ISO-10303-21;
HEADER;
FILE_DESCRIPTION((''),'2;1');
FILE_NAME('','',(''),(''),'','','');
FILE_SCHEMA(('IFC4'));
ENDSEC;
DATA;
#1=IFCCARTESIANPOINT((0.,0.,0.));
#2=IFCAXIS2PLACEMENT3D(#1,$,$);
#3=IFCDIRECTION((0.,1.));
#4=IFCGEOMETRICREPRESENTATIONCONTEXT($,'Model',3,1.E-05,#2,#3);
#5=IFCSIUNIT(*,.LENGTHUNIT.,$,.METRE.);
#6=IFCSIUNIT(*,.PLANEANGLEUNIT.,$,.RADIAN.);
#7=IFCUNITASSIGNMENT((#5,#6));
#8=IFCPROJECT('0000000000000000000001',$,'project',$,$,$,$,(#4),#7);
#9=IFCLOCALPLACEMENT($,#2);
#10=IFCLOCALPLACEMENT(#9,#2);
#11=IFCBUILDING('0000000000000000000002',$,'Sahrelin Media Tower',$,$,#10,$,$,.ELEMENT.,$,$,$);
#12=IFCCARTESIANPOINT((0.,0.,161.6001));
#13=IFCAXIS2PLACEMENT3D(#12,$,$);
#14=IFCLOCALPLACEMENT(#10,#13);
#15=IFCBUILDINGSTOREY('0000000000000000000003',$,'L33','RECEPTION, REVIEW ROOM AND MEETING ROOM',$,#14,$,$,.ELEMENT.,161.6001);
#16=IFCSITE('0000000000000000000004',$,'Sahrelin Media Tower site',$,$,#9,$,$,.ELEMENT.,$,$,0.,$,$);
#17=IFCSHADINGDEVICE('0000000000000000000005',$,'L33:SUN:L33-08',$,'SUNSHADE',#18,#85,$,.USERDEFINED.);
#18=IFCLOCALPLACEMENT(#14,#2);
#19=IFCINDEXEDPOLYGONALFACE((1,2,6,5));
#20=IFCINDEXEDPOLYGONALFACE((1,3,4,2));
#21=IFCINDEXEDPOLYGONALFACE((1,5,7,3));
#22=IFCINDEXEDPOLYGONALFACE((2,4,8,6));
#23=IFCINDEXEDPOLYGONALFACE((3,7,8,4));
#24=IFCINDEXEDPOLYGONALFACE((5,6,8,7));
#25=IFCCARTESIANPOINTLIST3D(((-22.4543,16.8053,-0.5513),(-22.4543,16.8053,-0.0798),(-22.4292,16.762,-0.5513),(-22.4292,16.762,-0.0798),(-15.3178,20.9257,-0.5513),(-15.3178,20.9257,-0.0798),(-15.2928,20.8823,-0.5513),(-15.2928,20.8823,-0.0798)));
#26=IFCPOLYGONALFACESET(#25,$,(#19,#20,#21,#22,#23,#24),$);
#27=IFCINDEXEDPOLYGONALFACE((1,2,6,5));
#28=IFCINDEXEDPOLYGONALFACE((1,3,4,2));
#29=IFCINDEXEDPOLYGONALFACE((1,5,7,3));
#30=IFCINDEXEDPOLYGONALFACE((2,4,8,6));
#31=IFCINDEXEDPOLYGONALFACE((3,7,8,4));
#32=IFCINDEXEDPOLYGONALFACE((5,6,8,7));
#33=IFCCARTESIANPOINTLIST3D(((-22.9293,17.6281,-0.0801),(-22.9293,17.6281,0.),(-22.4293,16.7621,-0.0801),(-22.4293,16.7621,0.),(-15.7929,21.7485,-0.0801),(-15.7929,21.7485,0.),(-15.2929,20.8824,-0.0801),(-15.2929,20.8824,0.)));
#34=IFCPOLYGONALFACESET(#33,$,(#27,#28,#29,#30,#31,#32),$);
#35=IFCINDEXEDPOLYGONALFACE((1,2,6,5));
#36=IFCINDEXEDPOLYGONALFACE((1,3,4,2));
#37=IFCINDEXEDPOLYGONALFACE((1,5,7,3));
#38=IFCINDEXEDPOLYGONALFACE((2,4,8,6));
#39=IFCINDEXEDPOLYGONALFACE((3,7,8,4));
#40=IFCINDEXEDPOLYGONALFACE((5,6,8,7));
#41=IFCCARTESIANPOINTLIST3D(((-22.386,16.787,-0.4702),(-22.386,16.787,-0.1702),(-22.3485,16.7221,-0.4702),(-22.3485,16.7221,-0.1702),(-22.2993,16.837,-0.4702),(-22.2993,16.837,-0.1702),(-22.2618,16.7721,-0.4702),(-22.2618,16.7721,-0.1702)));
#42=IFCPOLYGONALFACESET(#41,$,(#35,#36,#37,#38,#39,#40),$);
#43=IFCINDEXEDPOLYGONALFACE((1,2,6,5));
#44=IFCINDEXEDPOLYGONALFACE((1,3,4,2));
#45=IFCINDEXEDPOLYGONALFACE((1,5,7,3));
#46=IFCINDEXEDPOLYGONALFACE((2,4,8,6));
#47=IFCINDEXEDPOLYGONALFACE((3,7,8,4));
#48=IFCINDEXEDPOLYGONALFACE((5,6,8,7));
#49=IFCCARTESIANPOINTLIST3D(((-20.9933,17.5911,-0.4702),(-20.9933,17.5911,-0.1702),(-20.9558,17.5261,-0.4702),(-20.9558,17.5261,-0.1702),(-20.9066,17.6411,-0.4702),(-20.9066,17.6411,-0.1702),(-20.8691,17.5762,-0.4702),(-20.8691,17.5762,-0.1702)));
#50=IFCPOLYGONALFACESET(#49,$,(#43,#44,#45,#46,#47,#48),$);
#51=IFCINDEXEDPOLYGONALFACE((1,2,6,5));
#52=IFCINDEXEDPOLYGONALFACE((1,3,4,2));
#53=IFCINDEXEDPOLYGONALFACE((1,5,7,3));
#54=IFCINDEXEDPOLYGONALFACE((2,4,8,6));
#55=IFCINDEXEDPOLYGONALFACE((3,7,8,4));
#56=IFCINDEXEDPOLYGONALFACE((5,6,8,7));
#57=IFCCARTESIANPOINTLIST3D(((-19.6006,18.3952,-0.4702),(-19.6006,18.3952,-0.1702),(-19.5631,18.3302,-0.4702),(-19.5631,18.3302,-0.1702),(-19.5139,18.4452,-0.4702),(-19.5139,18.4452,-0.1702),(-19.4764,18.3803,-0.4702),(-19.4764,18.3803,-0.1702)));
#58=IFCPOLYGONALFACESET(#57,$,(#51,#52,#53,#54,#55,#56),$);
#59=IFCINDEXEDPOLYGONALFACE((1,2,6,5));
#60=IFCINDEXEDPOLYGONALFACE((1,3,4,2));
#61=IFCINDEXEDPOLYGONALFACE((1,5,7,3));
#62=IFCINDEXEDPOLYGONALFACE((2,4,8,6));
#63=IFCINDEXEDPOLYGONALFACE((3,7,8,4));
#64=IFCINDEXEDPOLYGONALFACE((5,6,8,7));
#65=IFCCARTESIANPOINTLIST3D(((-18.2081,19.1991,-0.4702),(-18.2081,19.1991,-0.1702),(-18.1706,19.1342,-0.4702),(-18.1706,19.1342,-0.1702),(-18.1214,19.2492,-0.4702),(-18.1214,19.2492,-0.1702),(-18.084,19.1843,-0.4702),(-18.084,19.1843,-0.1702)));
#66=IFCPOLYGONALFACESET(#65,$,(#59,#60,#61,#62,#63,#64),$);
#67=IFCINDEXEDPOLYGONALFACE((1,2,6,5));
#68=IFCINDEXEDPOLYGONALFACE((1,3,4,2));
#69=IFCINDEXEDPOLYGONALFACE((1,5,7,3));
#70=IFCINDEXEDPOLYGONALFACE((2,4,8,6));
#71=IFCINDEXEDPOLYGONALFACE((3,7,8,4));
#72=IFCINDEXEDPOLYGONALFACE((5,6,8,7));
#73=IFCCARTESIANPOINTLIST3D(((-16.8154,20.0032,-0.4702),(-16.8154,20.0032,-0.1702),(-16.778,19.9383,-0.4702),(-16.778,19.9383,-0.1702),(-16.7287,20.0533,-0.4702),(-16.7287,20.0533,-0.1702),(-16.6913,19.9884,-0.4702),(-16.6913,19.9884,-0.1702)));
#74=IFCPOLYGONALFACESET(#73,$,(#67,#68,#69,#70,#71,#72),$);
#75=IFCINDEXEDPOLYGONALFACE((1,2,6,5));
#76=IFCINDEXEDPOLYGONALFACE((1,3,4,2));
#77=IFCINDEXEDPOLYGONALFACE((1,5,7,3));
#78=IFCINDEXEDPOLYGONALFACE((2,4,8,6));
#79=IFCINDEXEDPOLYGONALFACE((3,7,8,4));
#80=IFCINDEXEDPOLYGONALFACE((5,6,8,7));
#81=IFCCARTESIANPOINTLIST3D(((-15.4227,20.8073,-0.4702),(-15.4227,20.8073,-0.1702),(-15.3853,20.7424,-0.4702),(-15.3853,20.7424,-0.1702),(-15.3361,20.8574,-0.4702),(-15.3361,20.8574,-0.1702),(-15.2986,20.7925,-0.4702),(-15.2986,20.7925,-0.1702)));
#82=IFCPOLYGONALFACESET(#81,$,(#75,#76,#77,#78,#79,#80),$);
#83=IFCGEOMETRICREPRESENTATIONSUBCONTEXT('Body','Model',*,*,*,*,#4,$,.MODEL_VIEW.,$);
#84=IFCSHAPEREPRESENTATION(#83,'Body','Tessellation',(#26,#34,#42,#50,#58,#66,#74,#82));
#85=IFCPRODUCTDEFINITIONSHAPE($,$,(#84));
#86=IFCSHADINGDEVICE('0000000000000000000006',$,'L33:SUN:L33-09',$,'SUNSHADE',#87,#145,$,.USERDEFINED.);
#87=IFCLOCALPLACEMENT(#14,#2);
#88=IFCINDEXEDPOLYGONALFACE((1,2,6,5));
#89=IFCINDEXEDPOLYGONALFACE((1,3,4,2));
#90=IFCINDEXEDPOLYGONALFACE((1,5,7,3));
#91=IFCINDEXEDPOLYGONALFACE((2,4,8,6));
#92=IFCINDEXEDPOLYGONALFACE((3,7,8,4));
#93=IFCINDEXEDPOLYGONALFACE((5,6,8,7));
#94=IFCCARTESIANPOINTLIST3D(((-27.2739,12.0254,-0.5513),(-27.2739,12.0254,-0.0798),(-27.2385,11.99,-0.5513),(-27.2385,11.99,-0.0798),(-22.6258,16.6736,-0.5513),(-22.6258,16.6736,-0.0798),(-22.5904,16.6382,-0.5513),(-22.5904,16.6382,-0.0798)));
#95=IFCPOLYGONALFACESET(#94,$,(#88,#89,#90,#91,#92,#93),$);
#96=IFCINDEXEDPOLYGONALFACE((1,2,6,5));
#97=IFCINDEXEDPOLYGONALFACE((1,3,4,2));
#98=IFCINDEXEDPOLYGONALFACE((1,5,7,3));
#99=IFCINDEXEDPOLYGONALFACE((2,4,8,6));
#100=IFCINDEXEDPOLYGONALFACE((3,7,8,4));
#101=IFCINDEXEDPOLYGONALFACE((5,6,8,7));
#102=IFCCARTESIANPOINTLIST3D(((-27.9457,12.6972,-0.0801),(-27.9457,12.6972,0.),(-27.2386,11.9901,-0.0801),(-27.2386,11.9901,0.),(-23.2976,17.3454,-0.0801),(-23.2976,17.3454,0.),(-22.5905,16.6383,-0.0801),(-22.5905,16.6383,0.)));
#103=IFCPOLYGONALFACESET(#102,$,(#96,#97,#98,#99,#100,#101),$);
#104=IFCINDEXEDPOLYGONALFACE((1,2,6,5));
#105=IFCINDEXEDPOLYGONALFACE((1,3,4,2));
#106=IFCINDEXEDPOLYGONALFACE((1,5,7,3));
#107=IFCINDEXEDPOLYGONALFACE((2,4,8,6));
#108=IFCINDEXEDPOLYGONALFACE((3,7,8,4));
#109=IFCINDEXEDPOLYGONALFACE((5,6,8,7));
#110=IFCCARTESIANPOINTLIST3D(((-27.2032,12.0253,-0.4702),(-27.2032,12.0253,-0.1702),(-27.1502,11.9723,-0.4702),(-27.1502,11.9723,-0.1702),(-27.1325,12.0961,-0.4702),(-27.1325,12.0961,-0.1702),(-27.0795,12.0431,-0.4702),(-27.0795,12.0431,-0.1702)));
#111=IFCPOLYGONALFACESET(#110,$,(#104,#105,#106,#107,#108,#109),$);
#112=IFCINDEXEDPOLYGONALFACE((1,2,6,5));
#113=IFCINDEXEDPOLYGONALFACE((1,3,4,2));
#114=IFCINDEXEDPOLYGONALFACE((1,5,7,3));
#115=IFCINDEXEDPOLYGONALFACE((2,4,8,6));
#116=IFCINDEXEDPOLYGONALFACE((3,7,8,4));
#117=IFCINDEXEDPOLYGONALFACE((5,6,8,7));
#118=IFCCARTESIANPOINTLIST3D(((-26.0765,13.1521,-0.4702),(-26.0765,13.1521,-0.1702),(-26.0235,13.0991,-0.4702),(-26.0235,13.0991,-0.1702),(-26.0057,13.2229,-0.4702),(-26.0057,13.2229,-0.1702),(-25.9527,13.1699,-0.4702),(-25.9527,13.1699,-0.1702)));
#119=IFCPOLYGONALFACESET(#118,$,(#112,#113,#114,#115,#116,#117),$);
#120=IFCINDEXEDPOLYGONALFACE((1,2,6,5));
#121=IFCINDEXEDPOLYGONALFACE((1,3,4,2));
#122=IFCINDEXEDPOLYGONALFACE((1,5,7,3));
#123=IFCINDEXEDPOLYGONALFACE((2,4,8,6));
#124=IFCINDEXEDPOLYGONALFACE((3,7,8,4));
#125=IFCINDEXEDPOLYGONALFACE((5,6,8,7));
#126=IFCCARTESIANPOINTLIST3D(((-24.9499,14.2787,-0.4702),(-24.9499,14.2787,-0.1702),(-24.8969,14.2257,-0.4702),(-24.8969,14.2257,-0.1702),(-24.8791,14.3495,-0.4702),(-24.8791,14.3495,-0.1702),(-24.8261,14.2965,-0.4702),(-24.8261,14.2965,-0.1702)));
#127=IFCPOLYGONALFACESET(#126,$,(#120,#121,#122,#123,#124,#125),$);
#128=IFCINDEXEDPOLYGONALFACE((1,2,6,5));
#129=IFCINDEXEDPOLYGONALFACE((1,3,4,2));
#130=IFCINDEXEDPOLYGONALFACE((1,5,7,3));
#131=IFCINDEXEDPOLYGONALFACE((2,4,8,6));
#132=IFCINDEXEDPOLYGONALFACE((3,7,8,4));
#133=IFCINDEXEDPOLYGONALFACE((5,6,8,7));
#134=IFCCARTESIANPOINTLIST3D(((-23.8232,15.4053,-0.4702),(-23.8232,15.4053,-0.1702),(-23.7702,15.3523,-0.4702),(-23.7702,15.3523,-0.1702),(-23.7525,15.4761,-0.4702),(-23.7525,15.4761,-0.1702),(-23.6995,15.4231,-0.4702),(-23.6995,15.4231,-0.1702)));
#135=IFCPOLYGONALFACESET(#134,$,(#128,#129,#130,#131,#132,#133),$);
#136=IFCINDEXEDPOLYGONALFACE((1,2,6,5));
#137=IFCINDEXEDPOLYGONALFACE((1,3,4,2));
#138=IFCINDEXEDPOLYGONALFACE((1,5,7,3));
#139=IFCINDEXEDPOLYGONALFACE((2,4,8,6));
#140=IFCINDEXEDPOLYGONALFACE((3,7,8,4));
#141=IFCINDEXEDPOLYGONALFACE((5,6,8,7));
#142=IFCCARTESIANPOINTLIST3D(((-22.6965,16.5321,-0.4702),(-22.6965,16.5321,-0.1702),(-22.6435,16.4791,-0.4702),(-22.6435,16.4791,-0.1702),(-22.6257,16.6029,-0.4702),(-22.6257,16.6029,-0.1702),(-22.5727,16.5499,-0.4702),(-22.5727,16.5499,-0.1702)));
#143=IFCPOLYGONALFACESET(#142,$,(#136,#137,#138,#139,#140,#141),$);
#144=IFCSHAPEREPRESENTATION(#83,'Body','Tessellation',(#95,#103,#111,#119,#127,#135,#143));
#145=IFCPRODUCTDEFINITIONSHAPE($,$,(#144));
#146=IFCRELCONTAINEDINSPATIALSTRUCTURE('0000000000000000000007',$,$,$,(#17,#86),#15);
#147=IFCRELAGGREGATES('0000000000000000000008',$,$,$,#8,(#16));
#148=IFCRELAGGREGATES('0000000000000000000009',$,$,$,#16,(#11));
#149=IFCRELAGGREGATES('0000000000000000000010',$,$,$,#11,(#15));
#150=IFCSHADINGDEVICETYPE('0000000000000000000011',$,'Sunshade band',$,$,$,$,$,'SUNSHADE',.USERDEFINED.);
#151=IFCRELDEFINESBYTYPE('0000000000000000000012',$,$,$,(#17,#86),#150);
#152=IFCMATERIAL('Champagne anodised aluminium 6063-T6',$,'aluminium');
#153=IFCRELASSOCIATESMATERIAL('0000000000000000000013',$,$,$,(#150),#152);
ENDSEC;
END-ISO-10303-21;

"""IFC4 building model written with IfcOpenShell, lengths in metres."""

from ifc_helpers import new_model, si_unit, direction, frame, origin, origin_2d, place, context, subcontext, project, spatial, rectangle, extrude, material, type_object, element, save


model = new_model("IFC4")

# Units and contexts
model_context = context("Model", 3, precision=1e-05, world=origin(), true_north=direction((0.0, 1.0)))
body_context = subcontext(model_context, "Body", "Model", "MODEL_VIEW")
ifc_project = project(units=[si_unit("LENGTHUNIT", "METRE"), si_unit("PLANEANGLEUNIT", "RADIAN")], contexts=[model_context])

# Site, building, storey
site_placement = place(None, origin())
site = spatial("IfcSite", under=ifc_project, at=site_placement, Name="Sahrelin Media Tower site", CompositionType="ELEMENT", RefElevation=0.0)
building_placement = place(site_placement, origin())
building = spatial("IfcBuilding", under=site, at=building_placement, Name="Sahrelin Media Tower", CompositionType="ELEMENT")
storey_placement = place(building_placement, frame((0.0, 0.0, 161.6001)))
storey = spatial("IfcBuildingStorey", under=building, at=storey_placement, Name="L33", Description="RECEPTION, REVIEW ROOM AND MEETING ROOM", CompositionType="ELEMENT", Elevation=161.6001)

# Shared definitions
ifc_material_1 = material(Name="Champagne anodised aluminium 6063-T6", Category="aluminium")

# Shading devices
placement_1 = place(storey_placement, frame((-18.8511, 18.8049, 0.0), z_axis=(0.0, 0.0, 1.0), x_axis=(0.866019, 0.500011, 0.0)))
placement_2 = place(storey_placement, frame((-24.9004, 14.3, 0.0), z_axis=(0.0, 0.0, 1.0), x_axis=(0.707107, 0.707107, 0.0)))
shading_device_type_1 = type_object("IfcShadingDeviceType", Name="Sunshade band", ElementType="SUNSHADE", PredefinedType="USERDEFINED", material=ifc_material_1)
element("IfcShadingDevice", 1, at=placement_1, inside=storey, type_object=shading_device_type_1, Name="L33:SUN:L33-08", ObjectType="SUNSHADE", PredefinedType="USERDEFINED", context=body_context, shape_type="SweptSolid", body=[
    extrude(rectangle(XDim=8.2405, YDim=0.05, at=origin_2d()), frame((0.0, 0.0449, -0.5513)), (0.0, 0.0, 1.0), 0.4714),
    extrude(rectangle(XDim=8.2405, YDim=1.0, at=origin_2d()), frame((0.0, 0.52, -0.0801)), (0.0, 0.0, 1.0), 0.0801),
    extrude(rectangle(XDim=0.1001, YDim=0.075, at=origin_2d()), frame((-4.0203, -0.0176, -0.4702)), (0.0, 0.0, 1.0), 0.3),
    extrude(rectangle(XDim=0.1001, YDim=0.075, at=origin_2d()), frame((-2.4121, -0.0176, -0.4702)), (0.0, 0.0, 1.0), 0.3),
    extrude(rectangle(XDim=0.1001, YDim=0.075, at=origin_2d()), frame((-0.804, -0.0176, -0.4702)), (0.0, 0.0, 1.0), 0.3),
    extrude(rectangle(XDim=0.1001, YDim=0.075, at=origin_2d()), frame((0.804, -0.0176, -0.4702)), (0.0, 0.0, 1.0), 0.3),
    extrude(rectangle(XDim=0.1001, YDim=0.075, at=origin_2d()), frame((2.4121, -0.0176, -0.4702)), (0.0, 0.0, 1.0), 0.3),
    extrude(rectangle(XDim=0.1001, YDim=0.075, at=origin_2d()), frame((4.0203, -0.0176, -0.4702)), (0.0, 0.0, 1.0), 0.3),
])
element("IfcShadingDevice", 2, at=placement_2, inside=storey, type_object=shading_device_type_1, Name="L33:SUN:L33-09", ObjectType="SUNSHADE", PredefinedType="USERDEFINED", context=body_context, shape_type="SweptSolid", body=[
    extrude(rectangle(XDim=6.5735, YDim=0.05, at=origin_2d()), frame((0.0, 0.0449, -0.5513)), (0.0, 0.0, 1.0), 0.4714),
    extrude(rectangle(XDim=6.5735, YDim=1.0, at=origin_2d()), frame((0.0, 0.52, -0.0801)), (0.0, 0.0, 1.0), 0.0801),
    extrude(rectangle(XDim=0.1001, YDim=0.075, at=origin_2d()), frame((-3.1868, -0.0176, -0.4702)), (0.0, 0.0, 1.0), 0.3),
    extrude(rectangle(XDim=0.1001, YDim=0.075, at=origin_2d()), frame((-1.5933, -0.0176, -0.4702)), (0.0, 0.0, 1.0), 0.3),
    extrude(rectangle(XDim=0.1001, YDim=0.075, at=origin_2d()), frame((0.0, -0.0176, -0.4702)), (0.0, 0.0, 1.0), 0.3),
    extrude(rectangle(XDim=0.1001, YDim=0.075, at=origin_2d()), frame((1.5933, -0.0176, -0.4702)), (0.0, 0.0, 1.0), 0.3),
    extrude(rectangle(XDim=0.1001, YDim=0.075, at=origin_2d()), frame((3.1868, -0.0176, -0.4702)), (0.0, 0.0, 1.0), 0.3),
])

save(model, "model.ifc")
